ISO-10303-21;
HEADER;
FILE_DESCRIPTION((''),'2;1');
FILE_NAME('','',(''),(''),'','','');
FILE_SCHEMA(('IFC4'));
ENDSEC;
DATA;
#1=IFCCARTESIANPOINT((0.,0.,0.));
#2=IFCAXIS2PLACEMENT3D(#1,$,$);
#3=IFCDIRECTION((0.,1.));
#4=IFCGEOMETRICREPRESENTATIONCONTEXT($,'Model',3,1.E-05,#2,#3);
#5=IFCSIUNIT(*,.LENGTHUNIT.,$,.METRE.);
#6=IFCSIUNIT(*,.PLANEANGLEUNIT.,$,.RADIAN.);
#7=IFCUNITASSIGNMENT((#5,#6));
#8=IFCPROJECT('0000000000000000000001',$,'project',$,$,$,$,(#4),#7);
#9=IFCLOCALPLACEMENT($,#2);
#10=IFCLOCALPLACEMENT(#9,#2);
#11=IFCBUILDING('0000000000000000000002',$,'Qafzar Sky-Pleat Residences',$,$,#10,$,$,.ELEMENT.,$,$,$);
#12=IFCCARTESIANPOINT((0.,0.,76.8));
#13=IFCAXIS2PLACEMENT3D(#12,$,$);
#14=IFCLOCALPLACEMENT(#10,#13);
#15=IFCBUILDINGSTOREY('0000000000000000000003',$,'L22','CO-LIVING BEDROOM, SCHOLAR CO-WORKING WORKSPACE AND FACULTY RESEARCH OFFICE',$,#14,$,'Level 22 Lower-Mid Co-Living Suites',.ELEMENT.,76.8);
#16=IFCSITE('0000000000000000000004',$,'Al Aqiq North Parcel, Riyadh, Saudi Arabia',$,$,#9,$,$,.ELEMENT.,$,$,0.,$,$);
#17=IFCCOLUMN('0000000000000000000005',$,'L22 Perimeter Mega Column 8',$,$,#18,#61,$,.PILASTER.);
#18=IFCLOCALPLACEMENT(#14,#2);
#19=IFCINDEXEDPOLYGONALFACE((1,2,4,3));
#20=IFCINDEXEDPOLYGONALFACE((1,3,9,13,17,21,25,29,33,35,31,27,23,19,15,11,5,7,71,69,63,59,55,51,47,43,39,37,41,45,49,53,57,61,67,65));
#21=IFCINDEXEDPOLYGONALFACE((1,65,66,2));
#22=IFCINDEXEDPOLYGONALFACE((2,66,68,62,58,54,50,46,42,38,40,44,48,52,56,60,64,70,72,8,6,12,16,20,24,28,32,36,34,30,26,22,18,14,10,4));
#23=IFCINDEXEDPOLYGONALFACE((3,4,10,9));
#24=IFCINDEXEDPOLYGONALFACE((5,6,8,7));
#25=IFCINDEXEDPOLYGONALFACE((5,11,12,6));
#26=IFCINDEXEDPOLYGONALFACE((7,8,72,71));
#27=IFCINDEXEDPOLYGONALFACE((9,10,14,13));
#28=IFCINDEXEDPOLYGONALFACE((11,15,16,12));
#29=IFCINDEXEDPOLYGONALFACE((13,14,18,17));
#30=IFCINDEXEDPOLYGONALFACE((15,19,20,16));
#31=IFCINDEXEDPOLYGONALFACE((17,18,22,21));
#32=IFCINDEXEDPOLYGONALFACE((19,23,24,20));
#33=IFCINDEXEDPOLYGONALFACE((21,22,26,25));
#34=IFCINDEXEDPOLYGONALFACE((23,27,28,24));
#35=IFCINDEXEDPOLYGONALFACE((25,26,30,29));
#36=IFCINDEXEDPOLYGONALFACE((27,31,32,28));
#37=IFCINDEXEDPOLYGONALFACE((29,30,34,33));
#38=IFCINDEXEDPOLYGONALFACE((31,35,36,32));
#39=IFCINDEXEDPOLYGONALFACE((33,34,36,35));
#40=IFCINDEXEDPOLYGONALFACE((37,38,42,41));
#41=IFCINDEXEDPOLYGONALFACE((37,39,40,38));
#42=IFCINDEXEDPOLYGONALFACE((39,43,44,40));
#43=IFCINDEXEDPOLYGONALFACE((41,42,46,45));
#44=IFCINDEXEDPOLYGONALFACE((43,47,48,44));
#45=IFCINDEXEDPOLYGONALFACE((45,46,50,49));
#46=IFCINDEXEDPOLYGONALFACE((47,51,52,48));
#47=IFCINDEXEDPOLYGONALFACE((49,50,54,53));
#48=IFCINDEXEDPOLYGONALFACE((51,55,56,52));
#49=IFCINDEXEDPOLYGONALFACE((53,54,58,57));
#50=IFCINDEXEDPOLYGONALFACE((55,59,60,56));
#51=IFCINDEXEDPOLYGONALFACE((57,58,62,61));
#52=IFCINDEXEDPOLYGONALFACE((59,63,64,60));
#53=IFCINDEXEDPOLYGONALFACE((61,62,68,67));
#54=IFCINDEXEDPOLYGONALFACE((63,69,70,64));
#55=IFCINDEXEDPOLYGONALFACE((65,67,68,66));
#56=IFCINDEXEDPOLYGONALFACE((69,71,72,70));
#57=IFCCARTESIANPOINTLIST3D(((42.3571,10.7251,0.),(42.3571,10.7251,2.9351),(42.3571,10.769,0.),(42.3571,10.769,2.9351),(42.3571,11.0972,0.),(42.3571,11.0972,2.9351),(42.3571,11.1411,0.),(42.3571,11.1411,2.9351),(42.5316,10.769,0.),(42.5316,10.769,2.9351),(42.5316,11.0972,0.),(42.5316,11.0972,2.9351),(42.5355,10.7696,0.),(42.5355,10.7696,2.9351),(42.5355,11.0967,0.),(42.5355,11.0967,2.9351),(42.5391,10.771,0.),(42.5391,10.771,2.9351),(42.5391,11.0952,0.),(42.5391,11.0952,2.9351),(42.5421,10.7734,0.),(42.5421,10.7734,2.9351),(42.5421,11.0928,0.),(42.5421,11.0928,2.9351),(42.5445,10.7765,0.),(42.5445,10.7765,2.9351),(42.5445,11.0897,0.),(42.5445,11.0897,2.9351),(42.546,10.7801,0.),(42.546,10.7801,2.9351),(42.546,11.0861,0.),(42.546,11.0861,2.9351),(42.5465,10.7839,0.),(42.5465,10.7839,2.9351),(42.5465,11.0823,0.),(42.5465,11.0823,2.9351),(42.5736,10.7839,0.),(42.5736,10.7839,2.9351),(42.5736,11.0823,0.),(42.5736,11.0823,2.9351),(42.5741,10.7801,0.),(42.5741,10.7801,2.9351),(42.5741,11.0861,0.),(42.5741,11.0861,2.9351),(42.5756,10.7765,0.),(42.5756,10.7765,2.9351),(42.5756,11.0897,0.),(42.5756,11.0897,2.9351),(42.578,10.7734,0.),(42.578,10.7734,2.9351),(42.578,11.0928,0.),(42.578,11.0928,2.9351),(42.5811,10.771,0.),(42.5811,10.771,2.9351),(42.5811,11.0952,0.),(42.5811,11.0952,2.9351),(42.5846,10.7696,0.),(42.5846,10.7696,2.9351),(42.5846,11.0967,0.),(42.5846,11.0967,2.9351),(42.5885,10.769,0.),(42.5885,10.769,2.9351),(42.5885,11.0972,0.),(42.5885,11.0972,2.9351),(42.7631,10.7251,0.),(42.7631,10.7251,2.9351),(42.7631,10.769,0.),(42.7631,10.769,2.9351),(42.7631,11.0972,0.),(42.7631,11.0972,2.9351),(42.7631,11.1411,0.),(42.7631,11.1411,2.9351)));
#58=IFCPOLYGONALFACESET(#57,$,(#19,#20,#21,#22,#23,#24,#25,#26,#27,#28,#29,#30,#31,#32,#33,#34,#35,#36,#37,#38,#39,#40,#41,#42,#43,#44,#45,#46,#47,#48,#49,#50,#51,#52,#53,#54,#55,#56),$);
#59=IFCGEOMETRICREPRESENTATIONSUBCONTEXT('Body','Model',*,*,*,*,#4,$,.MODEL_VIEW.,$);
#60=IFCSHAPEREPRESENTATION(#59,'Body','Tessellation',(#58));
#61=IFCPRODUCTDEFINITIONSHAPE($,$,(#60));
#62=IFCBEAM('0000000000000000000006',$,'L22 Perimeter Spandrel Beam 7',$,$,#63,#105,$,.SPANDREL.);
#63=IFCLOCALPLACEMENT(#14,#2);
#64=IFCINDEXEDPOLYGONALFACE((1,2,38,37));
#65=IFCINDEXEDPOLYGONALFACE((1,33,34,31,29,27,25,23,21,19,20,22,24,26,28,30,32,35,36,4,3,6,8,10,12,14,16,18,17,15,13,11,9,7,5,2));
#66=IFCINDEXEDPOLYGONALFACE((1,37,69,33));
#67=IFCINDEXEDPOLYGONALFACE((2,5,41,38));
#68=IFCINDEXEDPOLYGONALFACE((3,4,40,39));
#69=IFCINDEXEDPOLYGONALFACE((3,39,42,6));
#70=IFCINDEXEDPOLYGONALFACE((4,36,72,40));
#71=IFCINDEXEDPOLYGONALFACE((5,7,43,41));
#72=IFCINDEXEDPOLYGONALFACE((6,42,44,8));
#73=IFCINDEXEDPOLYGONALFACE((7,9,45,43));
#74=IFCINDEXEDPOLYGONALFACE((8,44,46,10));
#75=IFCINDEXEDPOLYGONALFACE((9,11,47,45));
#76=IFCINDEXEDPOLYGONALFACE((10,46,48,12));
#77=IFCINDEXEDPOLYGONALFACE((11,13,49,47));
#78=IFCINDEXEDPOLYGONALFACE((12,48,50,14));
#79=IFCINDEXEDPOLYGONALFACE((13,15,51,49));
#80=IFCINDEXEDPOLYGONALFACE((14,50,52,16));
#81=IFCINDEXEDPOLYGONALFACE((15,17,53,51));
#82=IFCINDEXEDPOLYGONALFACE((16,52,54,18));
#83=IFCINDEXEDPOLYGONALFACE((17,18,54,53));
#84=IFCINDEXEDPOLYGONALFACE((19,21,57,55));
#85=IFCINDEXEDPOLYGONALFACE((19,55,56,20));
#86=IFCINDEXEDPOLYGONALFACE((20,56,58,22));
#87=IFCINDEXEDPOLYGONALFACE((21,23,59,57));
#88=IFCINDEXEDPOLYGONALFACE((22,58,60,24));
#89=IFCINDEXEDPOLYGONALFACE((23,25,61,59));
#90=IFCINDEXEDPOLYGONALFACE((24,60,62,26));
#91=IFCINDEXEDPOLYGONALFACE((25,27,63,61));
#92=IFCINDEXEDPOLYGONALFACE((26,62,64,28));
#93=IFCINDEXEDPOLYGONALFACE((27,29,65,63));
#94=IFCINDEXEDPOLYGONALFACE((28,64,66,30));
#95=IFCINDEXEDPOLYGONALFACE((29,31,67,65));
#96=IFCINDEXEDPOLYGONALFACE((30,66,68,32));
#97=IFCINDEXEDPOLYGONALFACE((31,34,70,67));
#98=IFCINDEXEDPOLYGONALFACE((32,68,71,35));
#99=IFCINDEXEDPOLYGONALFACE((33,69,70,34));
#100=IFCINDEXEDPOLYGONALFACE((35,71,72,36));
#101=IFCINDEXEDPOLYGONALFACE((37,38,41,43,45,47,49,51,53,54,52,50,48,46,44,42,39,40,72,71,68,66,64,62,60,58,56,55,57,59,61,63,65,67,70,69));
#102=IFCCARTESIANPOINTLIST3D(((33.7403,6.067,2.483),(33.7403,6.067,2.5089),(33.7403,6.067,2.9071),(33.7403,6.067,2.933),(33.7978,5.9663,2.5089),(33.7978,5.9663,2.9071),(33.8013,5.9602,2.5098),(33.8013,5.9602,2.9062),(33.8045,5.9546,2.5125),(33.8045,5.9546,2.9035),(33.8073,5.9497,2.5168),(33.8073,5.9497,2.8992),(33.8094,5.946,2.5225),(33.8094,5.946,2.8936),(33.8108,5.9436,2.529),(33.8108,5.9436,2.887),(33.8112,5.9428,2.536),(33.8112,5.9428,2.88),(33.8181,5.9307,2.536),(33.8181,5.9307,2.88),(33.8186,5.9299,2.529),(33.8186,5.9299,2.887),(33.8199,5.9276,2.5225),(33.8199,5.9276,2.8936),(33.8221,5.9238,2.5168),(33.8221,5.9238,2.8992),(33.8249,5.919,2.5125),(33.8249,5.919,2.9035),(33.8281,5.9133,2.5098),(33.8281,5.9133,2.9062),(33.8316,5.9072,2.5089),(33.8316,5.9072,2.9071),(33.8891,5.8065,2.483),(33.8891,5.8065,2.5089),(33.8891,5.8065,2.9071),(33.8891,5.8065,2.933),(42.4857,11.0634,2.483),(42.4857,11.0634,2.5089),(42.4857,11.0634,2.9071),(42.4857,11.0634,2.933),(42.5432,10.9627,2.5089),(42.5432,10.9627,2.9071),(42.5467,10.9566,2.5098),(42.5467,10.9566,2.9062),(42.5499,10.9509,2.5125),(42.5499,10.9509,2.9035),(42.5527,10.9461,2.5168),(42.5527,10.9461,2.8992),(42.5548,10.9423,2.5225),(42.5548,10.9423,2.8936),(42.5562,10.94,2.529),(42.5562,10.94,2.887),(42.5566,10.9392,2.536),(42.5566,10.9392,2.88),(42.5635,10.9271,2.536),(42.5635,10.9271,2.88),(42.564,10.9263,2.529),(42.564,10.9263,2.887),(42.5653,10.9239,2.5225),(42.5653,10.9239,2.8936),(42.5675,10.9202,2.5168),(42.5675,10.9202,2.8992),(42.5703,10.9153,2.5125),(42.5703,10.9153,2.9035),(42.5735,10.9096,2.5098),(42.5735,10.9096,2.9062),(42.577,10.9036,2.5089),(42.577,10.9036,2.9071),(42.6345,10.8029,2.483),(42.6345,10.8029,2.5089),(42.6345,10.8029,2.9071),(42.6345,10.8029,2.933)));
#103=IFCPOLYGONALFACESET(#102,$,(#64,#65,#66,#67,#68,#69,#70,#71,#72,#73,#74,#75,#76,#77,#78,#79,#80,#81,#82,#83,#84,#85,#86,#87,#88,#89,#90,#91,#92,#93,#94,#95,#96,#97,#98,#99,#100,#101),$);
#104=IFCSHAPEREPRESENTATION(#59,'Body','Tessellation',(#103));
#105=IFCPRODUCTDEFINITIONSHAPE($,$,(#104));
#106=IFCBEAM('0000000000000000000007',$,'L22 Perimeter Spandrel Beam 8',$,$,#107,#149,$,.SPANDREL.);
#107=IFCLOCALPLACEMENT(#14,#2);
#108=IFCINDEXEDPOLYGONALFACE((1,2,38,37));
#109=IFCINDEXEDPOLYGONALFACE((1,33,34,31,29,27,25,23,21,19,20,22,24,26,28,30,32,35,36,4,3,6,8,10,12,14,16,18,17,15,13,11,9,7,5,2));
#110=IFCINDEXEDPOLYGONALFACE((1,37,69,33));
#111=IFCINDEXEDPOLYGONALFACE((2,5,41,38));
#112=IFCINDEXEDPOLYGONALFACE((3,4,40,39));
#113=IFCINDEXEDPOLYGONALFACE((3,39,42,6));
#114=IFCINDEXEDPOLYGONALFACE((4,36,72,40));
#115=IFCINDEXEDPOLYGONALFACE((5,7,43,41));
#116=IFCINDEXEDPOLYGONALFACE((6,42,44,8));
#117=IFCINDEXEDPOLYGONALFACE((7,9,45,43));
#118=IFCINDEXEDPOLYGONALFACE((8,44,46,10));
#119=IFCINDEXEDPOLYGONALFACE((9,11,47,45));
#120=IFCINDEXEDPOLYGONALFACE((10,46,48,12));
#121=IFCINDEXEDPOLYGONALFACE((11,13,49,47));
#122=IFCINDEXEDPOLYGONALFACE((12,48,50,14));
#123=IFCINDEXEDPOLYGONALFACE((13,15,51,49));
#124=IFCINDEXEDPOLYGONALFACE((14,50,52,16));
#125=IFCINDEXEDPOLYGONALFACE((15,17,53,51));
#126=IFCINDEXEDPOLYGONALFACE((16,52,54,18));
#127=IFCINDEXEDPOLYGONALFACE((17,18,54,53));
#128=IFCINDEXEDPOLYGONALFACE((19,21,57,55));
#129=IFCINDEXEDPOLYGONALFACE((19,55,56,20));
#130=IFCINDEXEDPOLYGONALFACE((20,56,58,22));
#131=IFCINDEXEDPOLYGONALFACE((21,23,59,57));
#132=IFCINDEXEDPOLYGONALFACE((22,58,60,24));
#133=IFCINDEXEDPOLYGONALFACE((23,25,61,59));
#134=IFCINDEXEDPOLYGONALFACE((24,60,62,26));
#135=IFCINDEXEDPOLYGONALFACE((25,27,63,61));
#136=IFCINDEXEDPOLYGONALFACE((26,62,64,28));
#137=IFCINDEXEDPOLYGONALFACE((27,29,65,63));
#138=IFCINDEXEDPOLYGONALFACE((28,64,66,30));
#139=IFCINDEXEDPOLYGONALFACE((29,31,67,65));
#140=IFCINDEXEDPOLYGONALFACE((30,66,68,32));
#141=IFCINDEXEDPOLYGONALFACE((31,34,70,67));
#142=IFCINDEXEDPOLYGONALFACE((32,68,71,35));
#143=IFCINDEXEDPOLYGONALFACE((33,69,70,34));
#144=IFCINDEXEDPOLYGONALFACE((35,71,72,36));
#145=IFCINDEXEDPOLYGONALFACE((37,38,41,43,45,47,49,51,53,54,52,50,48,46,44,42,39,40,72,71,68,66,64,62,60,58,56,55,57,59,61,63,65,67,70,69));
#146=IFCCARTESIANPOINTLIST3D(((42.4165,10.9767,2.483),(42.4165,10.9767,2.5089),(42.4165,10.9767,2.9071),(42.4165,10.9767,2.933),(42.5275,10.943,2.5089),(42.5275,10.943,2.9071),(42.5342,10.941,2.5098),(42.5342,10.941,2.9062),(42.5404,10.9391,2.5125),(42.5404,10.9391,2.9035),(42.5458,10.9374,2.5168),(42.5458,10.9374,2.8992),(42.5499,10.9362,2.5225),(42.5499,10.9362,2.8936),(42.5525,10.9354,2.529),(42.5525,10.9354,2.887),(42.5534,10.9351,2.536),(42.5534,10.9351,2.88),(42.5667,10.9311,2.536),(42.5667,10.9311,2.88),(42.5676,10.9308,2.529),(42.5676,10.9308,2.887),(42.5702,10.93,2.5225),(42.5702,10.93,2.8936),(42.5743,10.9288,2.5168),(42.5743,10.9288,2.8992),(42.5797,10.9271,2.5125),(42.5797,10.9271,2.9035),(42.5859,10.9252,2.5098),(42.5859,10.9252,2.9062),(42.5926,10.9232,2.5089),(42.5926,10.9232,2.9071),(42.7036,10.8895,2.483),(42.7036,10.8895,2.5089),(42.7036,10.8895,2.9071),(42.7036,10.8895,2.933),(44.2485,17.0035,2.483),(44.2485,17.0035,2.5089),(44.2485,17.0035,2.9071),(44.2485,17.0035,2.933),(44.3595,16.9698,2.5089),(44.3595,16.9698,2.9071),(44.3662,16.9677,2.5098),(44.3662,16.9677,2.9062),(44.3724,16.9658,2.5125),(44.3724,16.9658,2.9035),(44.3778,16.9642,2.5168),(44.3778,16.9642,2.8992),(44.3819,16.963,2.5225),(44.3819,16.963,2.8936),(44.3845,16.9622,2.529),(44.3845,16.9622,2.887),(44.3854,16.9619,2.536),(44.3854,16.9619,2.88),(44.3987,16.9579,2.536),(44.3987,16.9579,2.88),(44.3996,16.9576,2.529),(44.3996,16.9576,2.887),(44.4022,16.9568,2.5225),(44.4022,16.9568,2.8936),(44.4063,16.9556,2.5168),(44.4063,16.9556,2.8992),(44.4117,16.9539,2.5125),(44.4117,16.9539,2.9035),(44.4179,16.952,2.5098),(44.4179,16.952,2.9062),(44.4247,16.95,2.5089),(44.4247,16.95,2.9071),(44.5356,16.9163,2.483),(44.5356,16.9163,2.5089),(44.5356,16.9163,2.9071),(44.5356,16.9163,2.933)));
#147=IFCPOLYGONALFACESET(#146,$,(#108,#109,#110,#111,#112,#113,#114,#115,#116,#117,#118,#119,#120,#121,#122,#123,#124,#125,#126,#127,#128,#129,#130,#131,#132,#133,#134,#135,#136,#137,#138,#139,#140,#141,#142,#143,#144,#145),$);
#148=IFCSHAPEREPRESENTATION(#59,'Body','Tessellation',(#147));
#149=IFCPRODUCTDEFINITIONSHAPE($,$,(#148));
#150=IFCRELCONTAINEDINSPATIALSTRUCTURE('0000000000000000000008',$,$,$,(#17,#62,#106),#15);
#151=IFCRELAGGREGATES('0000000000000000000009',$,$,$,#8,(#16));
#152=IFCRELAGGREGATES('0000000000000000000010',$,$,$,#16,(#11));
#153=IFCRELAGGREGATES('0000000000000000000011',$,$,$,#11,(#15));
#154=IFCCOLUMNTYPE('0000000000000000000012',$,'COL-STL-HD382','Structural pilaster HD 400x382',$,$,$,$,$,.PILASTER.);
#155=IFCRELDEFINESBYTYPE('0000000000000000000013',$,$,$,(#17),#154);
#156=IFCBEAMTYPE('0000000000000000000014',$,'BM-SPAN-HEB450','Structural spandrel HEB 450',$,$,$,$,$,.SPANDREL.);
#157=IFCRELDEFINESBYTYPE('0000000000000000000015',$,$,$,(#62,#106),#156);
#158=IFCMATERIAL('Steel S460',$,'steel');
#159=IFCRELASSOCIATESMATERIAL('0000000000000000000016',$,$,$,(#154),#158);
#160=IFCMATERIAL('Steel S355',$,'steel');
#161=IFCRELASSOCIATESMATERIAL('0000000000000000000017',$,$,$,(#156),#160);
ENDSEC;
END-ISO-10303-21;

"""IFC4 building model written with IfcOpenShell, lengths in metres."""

from ifc_helpers import new_model, si_unit, direction, frame, origin, origin_2d, place, context, subcontext, project, spatial, i_section, extrude, source, transform, mapped, material, material_profile, profile_set, type_object, element, save


model = new_model("IFC4")

# Units and contexts
model_context = context("Model", 3, precision=1e-05, world=origin(), true_north=direction((0.0, 1.0)))
body_context = subcontext(model_context, "Body", "Model", "MODEL_VIEW")
ifc_project = project(units=[si_unit("LENGTHUNIT", "METRE"), si_unit("PLANEANGLEUNIT", "RADIAN")], contexts=[model_context])

# Site, building, storey
site_placement = place(None, origin())
site = spatial("IfcSite", under=ifc_project, at=site_placement, Name="Al Aqiq North Parcel, Riyadh, Saudi Arabia", CompositionType="ELEMENT", RefElevation=0.0)
building_placement = place(site_placement, origin())
building = spatial("IfcBuilding", under=site, at=building_placement, Name="Qafzar Sky-Pleat Residences", CompositionType="ELEMENT")
storey_placement = place(building_placement, frame((0.0, 0.0, 76.8)))
storey = spatial("IfcBuildingStorey", under=building, at=storey_placement, Name="L22", Description="CO-LIVING BEDROOM, SCHOLAR CO-WORKING WORKSPACE AND FACULTY RESEARCH OFFICE", LongName="Level 22 Lower-Mid Co-Living Suites", CompositionType="ELEMENT", Elevation=76.8)

# Column
ifc_material_1 = material(Name="Steel S460", Category="steel")
ifc_material_profile_1 = material_profile(ifc_material_1, i_section(OverallWidth=0.406, OverallDepth=0.416, WebThickness=0.0271, FlangeThickness=0.0439, FilletRadius=0.0149, at=origin_2d()), Name="HD 400x382")
ifc_profile_set_1 = profile_set([ifc_material_profile_1], Name="Steel S460")
column_type = type_object("IfcColumnType", Name="COL-STL-HD382", Description="Structural pilaster HD 400x382", PredefinedType="PILASTER", material=ifc_profile_set_1)
shared_shape_1 = source(origin(), body_context, "Body", "SweptSolid", [
    extrude(i_section(OverallWidth=0.406, OverallDepth=0.416, WebThickness=0.0271, FlangeThickness=0.0439, FilletRadius=0.0149, at=origin_2d()), origin(), (0.0, 0.0, 1.0), 2.9351),
])
column_placement = place(storey_placement, frame((42.5601, 10.9331, 0.0), z_axis=(0.0, 0.0, 1.0), x_axis=(1.0, 0.0, 0.0)))
element("IfcColumn", 1, at=column_placement, inside=storey, type_object=column_type, Name="L22 Perimeter Mega Column 8", PredefinedType="PILASTER", context=body_context, shape_type="MappedRepresentation", body=[
    mapped(shared_shape_1, transform((0.0, 0.0, 0.0), x_axis=(1.0, 0.0, 0.0), y_axis=(0.0, 1.0, 0.0), z_axis=(0.0, 0.0, 1.0), scale=1.0)),
])

# Beams
ifc_material_2 = material(Name="Steel S355", Category="steel")
ifc_material_profile_2 = material_profile(ifc_material_2, i_section(OverallWidth=0.3, OverallDepth=0.45, WebThickness=0.0139, FlangeThickness=0.0259, FilletRadius=0.0271, at=origin_2d()), Name="HEB 450")
ifc_profile_set_2 = profile_set([ifc_material_profile_2], Name="Steel S355")
beam_type_1 = type_object("IfcBeamType", Name="BM-SPAN-HEB450", Description="Structural spandrel HEB 450", PredefinedType="SPANDREL", material=ifc_profile_set_2)
shared_shape_2 = source(origin(), body_context, "Body", "SweptSolid", [
    extrude(i_section(OverallWidth=0.3, OverallDepth=0.45, WebThickness=0.0139, FlangeThickness=0.0259, FilletRadius=0.0271, at=origin_2d()), origin(), (0.0, 0.0, 1.0), 10.072),
])
beam_1_placement = place(storey_placement, frame((33.8147, 5.9368, 2.708), z_axis=(0.868286, 0.496063, 0.0), x_axis=(-0.496063, 0.868286, 0.0)))
element("IfcBeam", 2, at=beam_1_placement, inside=storey, type_object=beam_type_1, Name="L22 Perimeter Spandrel Beam 7", PredefinedType="SPANDREL", context=body_context, shape_type="MappedRepresentation", body=[
    mapped(shared_shape_2, transform((0.0, 0.0, 0.0), x_axis=(1.0, 0.0, 0.0), y_axis=(0.0, 1.0, 0.0), z_axis=(0.0, 0.0, 1.0), scale=1.0)),
])
shared_shape_3 = source(origin(), body_context, "Body", "SweptSolid", [
    extrude(i_section(OverallWidth=0.3, OverallDepth=0.45, WebThickness=0.0139, FlangeThickness=0.0259, FilletRadius=0.0271, at=origin_2d()), origin(), (0.0, 0.0, 1.0), 6.2991),
])
beam_2_placement = place(storey_placement, frame((42.5601, 10.9331, 2.708), z_axis=(0.290838, 0.956772, 0.0), x_axis=(-0.956772, 0.290838, 0.0)))
element("IfcBeam", 3, at=beam_2_placement, inside=storey, type_object=beam_type_1, Name="L22 Perimeter Spandrel Beam 8", PredefinedType="SPANDREL", context=body_context, shape_type="MappedRepresentation", body=[
    mapped(shared_shape_3, transform((0.0, 0.0, 0.0), x_axis=(1.0, 0.0, 0.0), y_axis=(0.0, 1.0, 0.0), z_axis=(0.0, 0.0, 1.0), scale=1.0)),
])

save(model, "model.ifc")
